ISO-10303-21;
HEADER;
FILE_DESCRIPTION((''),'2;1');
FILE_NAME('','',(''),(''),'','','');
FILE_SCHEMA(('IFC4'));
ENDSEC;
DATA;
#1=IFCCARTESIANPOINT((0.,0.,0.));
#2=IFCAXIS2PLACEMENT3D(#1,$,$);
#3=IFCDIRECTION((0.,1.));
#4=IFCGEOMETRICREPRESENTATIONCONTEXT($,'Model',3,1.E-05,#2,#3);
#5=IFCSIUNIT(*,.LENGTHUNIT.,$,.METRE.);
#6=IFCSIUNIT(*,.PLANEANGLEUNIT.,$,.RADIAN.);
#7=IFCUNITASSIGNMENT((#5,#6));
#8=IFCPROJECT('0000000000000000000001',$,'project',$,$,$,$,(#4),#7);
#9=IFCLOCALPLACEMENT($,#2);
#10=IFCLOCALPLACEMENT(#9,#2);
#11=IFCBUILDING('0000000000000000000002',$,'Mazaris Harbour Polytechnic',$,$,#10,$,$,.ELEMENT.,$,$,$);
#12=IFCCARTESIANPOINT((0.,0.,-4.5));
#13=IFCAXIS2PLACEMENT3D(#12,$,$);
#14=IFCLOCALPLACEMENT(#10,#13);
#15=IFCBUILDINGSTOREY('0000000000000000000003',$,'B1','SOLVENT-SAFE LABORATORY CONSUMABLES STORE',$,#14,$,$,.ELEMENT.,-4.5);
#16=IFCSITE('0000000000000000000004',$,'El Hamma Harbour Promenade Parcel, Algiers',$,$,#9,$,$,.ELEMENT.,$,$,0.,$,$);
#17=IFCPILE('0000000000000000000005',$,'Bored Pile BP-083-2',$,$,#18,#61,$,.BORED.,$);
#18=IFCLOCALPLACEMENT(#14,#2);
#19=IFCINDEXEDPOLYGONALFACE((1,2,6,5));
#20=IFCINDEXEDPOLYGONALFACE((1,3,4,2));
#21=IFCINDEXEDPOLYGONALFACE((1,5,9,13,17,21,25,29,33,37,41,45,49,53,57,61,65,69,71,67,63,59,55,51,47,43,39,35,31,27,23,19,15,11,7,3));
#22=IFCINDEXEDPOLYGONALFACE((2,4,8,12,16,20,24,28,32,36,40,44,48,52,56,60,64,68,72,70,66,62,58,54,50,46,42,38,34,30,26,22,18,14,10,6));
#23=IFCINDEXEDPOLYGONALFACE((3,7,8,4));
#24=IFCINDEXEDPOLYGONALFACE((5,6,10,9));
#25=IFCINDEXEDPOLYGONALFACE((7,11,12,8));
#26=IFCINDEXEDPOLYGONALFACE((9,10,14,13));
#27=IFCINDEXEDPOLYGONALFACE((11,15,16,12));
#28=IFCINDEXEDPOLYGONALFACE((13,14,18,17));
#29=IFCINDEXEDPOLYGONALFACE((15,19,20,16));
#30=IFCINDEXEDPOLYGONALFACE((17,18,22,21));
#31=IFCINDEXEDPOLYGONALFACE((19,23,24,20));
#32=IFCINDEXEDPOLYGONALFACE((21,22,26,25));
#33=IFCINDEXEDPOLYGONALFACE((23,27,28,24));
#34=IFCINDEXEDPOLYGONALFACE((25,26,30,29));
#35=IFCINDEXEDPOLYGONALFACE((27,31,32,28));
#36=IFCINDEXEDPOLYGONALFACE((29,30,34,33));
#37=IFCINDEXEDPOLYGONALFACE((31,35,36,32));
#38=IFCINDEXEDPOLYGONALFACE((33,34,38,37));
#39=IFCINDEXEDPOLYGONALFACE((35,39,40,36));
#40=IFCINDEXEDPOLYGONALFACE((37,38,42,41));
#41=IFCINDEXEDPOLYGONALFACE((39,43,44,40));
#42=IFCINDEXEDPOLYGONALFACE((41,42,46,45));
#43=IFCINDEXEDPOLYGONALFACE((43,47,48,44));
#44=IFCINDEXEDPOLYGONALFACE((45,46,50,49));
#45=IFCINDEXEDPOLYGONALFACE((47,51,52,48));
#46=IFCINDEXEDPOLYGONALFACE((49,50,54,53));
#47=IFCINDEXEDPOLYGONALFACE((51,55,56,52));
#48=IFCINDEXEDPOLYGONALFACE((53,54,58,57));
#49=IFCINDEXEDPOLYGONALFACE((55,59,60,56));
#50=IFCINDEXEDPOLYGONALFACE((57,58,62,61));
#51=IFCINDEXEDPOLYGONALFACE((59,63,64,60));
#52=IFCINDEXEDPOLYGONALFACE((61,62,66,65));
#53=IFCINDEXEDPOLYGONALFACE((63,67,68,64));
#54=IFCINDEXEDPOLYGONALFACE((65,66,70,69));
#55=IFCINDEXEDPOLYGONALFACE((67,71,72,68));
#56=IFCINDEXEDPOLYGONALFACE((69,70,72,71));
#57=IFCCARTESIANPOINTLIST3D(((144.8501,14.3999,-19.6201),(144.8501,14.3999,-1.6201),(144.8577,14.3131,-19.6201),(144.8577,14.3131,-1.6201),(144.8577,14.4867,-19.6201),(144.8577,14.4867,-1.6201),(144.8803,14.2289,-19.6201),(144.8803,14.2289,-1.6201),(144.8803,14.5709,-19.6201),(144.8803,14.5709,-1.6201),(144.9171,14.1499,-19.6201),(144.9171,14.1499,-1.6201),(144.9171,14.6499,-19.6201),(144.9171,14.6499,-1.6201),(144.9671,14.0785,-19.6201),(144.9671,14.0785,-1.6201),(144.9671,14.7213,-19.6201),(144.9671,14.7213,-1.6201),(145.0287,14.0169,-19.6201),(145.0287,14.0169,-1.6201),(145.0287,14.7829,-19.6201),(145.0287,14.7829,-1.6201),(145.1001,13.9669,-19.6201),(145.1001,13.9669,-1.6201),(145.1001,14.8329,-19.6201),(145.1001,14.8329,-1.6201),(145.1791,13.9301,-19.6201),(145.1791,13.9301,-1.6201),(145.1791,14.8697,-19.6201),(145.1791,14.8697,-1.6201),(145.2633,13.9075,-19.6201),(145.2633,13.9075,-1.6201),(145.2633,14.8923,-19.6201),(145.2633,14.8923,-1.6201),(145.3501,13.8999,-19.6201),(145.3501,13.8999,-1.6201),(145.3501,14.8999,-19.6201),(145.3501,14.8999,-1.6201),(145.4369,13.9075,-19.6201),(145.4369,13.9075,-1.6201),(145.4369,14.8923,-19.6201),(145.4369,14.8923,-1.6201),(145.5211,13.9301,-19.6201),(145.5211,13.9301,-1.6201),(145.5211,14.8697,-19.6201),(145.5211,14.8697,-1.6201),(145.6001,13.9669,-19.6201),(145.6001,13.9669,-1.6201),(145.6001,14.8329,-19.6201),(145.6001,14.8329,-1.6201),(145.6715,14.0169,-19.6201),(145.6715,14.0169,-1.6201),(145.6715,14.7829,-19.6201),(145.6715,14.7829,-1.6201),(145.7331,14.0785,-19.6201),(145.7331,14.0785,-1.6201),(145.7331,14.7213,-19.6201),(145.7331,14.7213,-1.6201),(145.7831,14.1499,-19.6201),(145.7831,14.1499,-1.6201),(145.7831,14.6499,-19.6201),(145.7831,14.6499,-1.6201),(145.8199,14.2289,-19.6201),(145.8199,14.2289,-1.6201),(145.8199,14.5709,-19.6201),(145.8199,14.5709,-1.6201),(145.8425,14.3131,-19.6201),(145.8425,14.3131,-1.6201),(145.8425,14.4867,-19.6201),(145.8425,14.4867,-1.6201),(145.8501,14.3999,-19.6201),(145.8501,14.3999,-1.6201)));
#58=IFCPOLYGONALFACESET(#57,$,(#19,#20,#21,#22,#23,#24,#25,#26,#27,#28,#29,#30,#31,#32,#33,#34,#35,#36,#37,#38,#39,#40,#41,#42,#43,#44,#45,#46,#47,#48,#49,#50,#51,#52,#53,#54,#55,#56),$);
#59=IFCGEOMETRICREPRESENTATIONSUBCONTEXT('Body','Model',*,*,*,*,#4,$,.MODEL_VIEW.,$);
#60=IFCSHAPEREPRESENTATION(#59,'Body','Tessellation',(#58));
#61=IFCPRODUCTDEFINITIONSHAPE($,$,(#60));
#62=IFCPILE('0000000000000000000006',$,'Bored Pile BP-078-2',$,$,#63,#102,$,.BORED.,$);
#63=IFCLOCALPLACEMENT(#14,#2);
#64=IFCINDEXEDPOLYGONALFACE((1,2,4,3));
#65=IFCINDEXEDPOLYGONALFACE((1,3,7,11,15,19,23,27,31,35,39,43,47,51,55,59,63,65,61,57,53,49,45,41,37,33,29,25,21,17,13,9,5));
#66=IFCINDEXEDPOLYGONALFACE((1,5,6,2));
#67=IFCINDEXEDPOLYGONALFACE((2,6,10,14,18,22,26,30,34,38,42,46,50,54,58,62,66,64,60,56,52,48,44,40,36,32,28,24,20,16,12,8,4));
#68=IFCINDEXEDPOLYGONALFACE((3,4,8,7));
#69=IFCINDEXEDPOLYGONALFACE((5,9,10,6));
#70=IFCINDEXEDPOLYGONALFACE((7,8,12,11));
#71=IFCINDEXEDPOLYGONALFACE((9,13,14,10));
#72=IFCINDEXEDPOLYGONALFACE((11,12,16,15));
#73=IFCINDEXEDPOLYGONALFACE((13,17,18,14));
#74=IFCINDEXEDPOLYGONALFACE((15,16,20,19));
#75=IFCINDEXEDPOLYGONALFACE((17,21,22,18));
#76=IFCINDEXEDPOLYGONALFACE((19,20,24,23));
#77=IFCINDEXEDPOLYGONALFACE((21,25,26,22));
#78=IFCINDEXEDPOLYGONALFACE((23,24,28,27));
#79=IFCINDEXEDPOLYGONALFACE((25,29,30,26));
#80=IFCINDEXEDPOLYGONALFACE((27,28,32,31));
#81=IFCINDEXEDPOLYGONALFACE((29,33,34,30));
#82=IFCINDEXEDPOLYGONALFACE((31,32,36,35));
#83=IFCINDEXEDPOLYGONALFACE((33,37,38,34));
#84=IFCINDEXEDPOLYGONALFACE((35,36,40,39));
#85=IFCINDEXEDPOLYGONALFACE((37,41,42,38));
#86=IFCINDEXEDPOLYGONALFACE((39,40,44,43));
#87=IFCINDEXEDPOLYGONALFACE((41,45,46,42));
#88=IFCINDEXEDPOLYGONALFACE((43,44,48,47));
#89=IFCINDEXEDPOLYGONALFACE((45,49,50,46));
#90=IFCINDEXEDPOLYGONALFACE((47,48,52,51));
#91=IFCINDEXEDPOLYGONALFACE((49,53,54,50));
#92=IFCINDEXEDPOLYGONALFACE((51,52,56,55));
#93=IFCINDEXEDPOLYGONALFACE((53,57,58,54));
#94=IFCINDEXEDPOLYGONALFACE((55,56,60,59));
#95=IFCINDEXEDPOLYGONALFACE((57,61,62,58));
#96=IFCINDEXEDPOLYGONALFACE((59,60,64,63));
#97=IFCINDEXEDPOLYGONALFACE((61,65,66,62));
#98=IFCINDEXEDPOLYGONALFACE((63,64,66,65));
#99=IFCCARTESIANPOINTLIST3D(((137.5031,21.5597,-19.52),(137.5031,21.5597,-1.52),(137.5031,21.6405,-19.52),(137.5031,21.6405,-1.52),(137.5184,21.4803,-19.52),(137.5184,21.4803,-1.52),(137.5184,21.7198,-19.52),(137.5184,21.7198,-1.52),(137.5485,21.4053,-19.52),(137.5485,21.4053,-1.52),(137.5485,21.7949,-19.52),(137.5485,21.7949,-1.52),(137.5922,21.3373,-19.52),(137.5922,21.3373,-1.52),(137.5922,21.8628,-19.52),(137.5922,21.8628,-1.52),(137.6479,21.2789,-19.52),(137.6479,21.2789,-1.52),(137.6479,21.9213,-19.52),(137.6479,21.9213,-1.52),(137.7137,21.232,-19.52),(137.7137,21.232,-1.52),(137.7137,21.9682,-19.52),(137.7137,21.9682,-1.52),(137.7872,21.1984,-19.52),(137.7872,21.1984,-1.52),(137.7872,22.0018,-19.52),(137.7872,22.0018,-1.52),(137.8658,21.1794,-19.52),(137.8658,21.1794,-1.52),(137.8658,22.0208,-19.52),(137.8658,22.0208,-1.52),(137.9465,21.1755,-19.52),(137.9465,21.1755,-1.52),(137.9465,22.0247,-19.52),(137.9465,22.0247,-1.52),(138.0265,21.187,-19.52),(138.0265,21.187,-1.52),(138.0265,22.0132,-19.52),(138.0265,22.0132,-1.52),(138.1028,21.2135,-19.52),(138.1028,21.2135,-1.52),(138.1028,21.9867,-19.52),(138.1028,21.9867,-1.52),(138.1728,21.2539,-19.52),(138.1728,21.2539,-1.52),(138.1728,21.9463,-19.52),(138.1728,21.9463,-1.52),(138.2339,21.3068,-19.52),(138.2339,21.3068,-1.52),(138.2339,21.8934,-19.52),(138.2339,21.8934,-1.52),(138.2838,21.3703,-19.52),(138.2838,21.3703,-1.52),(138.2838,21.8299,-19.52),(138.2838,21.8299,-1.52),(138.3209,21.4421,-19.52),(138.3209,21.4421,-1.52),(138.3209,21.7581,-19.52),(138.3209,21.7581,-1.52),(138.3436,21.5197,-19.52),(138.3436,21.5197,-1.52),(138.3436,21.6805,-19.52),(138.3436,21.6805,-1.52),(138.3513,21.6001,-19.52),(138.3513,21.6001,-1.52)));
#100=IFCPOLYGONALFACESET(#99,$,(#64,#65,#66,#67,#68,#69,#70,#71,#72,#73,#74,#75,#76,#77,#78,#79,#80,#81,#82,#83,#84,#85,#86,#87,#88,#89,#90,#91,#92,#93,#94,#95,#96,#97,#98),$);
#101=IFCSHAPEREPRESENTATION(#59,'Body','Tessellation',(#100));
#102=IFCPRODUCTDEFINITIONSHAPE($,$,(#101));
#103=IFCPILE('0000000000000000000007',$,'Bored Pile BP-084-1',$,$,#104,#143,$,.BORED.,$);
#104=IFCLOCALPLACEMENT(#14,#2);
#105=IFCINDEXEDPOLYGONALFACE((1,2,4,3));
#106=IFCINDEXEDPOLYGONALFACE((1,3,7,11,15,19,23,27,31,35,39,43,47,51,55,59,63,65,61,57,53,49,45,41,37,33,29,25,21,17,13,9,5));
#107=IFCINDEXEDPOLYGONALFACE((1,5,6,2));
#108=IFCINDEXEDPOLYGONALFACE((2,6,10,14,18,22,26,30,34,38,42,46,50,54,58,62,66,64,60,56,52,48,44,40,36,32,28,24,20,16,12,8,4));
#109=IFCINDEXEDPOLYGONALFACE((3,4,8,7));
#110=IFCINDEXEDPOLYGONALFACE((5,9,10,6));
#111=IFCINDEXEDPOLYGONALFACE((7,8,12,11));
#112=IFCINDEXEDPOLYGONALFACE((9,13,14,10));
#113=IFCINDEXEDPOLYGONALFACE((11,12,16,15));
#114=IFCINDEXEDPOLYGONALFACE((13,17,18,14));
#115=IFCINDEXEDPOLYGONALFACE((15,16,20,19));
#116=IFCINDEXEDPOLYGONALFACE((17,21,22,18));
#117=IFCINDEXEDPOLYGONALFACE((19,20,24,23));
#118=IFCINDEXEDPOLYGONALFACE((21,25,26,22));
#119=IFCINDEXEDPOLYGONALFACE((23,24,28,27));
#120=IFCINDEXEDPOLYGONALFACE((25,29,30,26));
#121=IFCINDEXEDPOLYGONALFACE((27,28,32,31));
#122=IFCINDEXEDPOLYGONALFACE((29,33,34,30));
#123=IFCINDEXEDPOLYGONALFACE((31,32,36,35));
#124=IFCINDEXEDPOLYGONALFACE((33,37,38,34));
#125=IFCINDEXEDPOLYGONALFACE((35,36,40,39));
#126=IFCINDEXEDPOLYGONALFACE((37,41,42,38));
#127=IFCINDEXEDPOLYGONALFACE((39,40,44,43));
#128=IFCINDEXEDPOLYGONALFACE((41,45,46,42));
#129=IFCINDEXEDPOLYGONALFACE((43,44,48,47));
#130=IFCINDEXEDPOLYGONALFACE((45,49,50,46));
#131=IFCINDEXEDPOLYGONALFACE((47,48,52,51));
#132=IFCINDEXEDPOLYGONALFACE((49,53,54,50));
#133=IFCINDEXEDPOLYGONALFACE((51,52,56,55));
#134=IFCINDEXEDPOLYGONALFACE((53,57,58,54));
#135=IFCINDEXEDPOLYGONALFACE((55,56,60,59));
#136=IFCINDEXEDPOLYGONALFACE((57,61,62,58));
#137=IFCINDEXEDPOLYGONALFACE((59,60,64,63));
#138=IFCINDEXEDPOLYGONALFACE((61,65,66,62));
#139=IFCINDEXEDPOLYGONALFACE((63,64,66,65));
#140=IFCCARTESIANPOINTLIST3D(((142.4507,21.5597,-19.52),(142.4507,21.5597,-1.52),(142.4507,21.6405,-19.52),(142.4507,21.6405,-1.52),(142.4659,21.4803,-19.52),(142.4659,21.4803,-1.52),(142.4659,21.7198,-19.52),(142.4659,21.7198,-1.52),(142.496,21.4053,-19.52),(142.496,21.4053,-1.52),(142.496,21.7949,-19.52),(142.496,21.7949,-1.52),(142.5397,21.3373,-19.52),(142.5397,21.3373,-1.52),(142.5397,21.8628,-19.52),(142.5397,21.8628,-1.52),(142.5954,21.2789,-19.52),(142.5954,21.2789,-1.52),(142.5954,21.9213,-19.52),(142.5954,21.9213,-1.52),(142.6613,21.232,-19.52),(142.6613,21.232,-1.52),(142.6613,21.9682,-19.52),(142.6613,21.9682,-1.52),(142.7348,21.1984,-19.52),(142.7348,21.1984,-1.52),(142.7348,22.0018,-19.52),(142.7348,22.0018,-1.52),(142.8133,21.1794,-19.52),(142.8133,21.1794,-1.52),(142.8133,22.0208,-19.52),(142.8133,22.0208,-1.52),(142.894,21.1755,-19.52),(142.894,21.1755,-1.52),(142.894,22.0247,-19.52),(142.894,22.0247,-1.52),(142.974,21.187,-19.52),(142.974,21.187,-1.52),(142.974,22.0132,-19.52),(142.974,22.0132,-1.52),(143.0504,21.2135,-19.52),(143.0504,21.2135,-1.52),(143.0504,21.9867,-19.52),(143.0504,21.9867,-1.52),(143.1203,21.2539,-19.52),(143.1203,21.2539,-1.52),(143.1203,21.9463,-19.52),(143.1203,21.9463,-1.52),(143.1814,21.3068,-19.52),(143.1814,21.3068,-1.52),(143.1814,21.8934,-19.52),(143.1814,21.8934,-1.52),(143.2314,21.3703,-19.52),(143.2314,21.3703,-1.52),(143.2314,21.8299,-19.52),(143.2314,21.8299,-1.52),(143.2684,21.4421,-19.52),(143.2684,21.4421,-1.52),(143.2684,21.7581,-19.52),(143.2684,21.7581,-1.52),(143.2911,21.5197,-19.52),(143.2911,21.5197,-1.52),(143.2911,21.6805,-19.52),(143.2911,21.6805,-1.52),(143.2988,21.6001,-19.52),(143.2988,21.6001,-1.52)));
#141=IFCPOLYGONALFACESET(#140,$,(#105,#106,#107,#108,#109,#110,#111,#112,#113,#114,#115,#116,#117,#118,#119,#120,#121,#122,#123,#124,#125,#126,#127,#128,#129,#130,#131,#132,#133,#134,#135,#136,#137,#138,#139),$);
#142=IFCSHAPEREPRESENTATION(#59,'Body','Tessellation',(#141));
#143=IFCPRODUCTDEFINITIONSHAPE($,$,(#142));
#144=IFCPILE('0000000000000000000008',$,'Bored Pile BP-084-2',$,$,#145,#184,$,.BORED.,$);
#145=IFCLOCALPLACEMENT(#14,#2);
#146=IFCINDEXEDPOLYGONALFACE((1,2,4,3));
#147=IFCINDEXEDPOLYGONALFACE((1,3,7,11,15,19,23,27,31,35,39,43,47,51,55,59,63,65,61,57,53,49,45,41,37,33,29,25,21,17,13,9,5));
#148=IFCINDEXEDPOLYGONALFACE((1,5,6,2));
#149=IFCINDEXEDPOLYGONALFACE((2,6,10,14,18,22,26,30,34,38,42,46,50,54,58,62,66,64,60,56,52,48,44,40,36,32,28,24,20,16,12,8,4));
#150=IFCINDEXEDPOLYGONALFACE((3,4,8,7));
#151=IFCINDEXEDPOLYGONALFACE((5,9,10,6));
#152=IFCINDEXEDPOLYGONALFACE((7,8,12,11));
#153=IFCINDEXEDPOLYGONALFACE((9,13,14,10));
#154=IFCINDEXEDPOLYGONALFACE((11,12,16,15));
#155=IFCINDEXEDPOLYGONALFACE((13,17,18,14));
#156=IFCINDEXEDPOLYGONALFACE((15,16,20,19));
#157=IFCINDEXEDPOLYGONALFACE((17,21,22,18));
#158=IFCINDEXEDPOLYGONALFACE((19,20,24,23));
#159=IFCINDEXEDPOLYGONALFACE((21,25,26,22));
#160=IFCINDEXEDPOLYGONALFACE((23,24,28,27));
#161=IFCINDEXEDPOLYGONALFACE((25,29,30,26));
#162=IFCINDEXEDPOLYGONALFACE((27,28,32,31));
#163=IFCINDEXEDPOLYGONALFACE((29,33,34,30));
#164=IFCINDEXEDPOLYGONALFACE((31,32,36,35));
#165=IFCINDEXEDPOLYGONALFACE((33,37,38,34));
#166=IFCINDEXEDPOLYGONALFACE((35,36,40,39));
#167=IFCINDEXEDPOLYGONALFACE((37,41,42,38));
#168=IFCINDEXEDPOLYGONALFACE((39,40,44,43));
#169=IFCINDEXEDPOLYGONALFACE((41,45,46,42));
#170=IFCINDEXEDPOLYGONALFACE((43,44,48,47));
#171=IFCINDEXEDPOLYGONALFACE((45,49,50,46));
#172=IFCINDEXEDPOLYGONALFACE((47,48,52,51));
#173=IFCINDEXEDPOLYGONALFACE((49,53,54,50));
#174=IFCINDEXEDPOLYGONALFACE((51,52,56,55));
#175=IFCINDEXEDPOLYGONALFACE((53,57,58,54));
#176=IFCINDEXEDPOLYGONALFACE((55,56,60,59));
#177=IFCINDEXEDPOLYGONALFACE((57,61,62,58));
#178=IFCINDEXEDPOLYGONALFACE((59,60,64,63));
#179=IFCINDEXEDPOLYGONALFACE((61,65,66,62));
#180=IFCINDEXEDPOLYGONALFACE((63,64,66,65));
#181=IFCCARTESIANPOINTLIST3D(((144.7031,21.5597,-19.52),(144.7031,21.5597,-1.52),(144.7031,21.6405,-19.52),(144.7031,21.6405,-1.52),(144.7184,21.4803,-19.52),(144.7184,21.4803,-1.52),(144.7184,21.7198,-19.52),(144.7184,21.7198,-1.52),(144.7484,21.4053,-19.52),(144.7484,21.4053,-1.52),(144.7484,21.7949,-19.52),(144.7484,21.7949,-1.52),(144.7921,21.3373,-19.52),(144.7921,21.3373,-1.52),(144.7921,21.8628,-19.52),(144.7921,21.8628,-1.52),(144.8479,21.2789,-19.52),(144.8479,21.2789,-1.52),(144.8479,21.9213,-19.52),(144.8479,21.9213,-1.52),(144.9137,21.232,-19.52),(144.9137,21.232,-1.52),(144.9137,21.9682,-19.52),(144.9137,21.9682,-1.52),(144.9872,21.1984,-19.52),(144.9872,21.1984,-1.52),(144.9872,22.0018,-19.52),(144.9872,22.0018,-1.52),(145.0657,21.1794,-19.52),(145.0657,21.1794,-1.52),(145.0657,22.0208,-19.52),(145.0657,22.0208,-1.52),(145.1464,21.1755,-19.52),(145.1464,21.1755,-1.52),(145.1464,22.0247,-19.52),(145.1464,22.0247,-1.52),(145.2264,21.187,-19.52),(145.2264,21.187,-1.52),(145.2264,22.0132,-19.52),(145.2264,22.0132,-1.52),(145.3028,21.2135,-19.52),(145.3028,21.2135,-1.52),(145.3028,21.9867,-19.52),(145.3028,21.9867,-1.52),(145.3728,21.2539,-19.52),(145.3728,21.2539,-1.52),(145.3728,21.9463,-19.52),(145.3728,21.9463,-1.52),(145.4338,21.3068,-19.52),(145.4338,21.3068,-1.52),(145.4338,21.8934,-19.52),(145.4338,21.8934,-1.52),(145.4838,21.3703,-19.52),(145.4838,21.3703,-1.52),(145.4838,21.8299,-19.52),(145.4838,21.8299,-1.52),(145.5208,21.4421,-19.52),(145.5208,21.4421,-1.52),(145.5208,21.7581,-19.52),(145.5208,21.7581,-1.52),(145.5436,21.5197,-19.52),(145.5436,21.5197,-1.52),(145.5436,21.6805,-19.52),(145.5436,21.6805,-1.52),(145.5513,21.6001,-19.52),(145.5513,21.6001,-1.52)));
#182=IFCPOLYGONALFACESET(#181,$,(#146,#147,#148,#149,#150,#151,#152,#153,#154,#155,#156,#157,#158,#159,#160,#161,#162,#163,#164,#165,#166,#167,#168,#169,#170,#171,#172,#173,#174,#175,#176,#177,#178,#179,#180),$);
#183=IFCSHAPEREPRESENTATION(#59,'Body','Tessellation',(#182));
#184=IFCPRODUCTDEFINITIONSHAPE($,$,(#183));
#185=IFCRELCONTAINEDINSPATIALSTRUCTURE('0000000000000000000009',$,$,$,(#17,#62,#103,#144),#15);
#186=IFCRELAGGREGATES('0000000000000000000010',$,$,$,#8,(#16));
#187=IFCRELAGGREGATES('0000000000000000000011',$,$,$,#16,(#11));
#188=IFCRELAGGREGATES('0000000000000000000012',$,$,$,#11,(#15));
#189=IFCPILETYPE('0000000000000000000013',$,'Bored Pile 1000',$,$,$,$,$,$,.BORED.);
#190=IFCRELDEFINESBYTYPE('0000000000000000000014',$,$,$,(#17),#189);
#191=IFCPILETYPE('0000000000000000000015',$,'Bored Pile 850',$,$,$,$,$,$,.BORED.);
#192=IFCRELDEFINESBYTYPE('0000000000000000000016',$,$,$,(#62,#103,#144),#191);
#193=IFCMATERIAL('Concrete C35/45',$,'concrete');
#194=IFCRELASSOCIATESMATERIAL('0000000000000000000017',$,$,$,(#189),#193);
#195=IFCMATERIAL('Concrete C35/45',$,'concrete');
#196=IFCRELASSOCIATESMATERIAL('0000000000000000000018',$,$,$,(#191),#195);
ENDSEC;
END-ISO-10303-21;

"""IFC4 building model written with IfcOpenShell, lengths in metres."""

from ifc_helpers import new_model, si_unit, direction, frame, origin, origin_2d, place, context, subcontext, project, spatial, circle, extrude, material, material_profile, profile_set, type_object, element, save


model = new_model("IFC4")

# Units and contexts
model_context = context("Model", 3, precision=1e-05, world=origin(), true_north=direction((0.0, 1.0)))
body_context = subcontext(model_context, "Body", "Model", "MODEL_VIEW")
ifc_project = project(units=[si_unit("LENGTHUNIT", "METRE"), si_unit("PLANEANGLEUNIT", "RADIAN")], contexts=[model_context])

# Site, building, storey
site_placement = place(None, origin())
site = spatial("IfcSite", under=ifc_project, at=site_placement, Name="El Hamma Harbour Promenade Parcel, Algiers", CompositionType="ELEMENT", RefElevation=0.0)
building_placement = place(site_placement, origin())
building = spatial("IfcBuilding", under=site, at=building_placement, Name="Mazaris Harbour Polytechnic", CompositionType="ELEMENT")
storey_placement = place(building_placement, frame((0.0, 0.0, -4.5)))
storey = spatial("IfcBuildingStorey", under=building, at=storey_placement, Name="B1", Description="SOLVENT-SAFE LABORATORY CONSUMABLES STORE", CompositionType="ELEMENT", Elevation=-4.5)

# Piles
ifc_material_1 = material(Name="Concrete C35/45", Category="concrete")
ifc_material_profile_1 = material_profile(ifc_material_1, circle(Radius=0.5, at=origin_2d()), Name="DIA1000")
ifc_profile_set_1 = profile_set([ifc_material_profile_1], Name="Concrete C35/45")
pile_type_1 = type_object("IfcPileType", Name="Bored Pile 1000", PredefinedType="BORED", material=ifc_profile_set_1)
pile_placement = place(storey_placement, frame((145.3501, 14.3999, -1.6201), z_axis=(0.0, 0.0, -1.0), x_axis=(1.0, 0.0, 0.0)))
element("IfcPile", 1, at=pile_placement, inside=storey, type_object=pile_type_1, Name="Bored Pile BP-083-2", PredefinedType="BORED", context=body_context, shape_type="SweptSolid", body=[
    extrude(circle(Radius=0.5, at=origin_2d()), origin(), (0.0, 0.0, 1.0), 18.0),
])
ifc_material_2 = material(Name="Concrete C35/45", Category="concrete")
ifc_material_profile_2 = material_profile(ifc_material_2, circle(Radius=0.425, at=origin_2d()), Name="DIA850")
ifc_profile_set_2 = profile_set([ifc_material_profile_2], Name="Concrete C35/45")
pile_type_2 = type_object("IfcPileType", Name="Bored Pile 850", PredefinedType="BORED", material=ifc_profile_set_2)
for number, where, z_axis, x_axis, name in (
    (2, (137.9263, 21.6001, -1.52), (0.0, 0.0, -1.0), (1.0, 0.0, 0.0), "Bored Pile BP-078-2"),
    (3, (142.8738, 21.6001, -1.52), (0.0, 0.0, -1.0), (1.0, 0.0, 0.0), "Bored Pile BP-084-1"),
    (4, (145.1262, 21.6001, -1.52), (0.0, 0.0, -1.0), (1.0, 0.0, 0.0), "Bored Pile BP-084-2"),
):
    element("IfcPile", number, at=place(storey_placement, frame(where, z_axis=z_axis, x_axis=x_axis)), inside=storey, type_object=pile_type_2, Name=name, PredefinedType="BORED", context=body_context, shape_type="SweptSolid", body=[
        extrude(circle(Radius=0.425, at=origin_2d()), origin(), (0.0, 0.0, 1.0), 18.0),
    ])

save(model, "model.ifc")
